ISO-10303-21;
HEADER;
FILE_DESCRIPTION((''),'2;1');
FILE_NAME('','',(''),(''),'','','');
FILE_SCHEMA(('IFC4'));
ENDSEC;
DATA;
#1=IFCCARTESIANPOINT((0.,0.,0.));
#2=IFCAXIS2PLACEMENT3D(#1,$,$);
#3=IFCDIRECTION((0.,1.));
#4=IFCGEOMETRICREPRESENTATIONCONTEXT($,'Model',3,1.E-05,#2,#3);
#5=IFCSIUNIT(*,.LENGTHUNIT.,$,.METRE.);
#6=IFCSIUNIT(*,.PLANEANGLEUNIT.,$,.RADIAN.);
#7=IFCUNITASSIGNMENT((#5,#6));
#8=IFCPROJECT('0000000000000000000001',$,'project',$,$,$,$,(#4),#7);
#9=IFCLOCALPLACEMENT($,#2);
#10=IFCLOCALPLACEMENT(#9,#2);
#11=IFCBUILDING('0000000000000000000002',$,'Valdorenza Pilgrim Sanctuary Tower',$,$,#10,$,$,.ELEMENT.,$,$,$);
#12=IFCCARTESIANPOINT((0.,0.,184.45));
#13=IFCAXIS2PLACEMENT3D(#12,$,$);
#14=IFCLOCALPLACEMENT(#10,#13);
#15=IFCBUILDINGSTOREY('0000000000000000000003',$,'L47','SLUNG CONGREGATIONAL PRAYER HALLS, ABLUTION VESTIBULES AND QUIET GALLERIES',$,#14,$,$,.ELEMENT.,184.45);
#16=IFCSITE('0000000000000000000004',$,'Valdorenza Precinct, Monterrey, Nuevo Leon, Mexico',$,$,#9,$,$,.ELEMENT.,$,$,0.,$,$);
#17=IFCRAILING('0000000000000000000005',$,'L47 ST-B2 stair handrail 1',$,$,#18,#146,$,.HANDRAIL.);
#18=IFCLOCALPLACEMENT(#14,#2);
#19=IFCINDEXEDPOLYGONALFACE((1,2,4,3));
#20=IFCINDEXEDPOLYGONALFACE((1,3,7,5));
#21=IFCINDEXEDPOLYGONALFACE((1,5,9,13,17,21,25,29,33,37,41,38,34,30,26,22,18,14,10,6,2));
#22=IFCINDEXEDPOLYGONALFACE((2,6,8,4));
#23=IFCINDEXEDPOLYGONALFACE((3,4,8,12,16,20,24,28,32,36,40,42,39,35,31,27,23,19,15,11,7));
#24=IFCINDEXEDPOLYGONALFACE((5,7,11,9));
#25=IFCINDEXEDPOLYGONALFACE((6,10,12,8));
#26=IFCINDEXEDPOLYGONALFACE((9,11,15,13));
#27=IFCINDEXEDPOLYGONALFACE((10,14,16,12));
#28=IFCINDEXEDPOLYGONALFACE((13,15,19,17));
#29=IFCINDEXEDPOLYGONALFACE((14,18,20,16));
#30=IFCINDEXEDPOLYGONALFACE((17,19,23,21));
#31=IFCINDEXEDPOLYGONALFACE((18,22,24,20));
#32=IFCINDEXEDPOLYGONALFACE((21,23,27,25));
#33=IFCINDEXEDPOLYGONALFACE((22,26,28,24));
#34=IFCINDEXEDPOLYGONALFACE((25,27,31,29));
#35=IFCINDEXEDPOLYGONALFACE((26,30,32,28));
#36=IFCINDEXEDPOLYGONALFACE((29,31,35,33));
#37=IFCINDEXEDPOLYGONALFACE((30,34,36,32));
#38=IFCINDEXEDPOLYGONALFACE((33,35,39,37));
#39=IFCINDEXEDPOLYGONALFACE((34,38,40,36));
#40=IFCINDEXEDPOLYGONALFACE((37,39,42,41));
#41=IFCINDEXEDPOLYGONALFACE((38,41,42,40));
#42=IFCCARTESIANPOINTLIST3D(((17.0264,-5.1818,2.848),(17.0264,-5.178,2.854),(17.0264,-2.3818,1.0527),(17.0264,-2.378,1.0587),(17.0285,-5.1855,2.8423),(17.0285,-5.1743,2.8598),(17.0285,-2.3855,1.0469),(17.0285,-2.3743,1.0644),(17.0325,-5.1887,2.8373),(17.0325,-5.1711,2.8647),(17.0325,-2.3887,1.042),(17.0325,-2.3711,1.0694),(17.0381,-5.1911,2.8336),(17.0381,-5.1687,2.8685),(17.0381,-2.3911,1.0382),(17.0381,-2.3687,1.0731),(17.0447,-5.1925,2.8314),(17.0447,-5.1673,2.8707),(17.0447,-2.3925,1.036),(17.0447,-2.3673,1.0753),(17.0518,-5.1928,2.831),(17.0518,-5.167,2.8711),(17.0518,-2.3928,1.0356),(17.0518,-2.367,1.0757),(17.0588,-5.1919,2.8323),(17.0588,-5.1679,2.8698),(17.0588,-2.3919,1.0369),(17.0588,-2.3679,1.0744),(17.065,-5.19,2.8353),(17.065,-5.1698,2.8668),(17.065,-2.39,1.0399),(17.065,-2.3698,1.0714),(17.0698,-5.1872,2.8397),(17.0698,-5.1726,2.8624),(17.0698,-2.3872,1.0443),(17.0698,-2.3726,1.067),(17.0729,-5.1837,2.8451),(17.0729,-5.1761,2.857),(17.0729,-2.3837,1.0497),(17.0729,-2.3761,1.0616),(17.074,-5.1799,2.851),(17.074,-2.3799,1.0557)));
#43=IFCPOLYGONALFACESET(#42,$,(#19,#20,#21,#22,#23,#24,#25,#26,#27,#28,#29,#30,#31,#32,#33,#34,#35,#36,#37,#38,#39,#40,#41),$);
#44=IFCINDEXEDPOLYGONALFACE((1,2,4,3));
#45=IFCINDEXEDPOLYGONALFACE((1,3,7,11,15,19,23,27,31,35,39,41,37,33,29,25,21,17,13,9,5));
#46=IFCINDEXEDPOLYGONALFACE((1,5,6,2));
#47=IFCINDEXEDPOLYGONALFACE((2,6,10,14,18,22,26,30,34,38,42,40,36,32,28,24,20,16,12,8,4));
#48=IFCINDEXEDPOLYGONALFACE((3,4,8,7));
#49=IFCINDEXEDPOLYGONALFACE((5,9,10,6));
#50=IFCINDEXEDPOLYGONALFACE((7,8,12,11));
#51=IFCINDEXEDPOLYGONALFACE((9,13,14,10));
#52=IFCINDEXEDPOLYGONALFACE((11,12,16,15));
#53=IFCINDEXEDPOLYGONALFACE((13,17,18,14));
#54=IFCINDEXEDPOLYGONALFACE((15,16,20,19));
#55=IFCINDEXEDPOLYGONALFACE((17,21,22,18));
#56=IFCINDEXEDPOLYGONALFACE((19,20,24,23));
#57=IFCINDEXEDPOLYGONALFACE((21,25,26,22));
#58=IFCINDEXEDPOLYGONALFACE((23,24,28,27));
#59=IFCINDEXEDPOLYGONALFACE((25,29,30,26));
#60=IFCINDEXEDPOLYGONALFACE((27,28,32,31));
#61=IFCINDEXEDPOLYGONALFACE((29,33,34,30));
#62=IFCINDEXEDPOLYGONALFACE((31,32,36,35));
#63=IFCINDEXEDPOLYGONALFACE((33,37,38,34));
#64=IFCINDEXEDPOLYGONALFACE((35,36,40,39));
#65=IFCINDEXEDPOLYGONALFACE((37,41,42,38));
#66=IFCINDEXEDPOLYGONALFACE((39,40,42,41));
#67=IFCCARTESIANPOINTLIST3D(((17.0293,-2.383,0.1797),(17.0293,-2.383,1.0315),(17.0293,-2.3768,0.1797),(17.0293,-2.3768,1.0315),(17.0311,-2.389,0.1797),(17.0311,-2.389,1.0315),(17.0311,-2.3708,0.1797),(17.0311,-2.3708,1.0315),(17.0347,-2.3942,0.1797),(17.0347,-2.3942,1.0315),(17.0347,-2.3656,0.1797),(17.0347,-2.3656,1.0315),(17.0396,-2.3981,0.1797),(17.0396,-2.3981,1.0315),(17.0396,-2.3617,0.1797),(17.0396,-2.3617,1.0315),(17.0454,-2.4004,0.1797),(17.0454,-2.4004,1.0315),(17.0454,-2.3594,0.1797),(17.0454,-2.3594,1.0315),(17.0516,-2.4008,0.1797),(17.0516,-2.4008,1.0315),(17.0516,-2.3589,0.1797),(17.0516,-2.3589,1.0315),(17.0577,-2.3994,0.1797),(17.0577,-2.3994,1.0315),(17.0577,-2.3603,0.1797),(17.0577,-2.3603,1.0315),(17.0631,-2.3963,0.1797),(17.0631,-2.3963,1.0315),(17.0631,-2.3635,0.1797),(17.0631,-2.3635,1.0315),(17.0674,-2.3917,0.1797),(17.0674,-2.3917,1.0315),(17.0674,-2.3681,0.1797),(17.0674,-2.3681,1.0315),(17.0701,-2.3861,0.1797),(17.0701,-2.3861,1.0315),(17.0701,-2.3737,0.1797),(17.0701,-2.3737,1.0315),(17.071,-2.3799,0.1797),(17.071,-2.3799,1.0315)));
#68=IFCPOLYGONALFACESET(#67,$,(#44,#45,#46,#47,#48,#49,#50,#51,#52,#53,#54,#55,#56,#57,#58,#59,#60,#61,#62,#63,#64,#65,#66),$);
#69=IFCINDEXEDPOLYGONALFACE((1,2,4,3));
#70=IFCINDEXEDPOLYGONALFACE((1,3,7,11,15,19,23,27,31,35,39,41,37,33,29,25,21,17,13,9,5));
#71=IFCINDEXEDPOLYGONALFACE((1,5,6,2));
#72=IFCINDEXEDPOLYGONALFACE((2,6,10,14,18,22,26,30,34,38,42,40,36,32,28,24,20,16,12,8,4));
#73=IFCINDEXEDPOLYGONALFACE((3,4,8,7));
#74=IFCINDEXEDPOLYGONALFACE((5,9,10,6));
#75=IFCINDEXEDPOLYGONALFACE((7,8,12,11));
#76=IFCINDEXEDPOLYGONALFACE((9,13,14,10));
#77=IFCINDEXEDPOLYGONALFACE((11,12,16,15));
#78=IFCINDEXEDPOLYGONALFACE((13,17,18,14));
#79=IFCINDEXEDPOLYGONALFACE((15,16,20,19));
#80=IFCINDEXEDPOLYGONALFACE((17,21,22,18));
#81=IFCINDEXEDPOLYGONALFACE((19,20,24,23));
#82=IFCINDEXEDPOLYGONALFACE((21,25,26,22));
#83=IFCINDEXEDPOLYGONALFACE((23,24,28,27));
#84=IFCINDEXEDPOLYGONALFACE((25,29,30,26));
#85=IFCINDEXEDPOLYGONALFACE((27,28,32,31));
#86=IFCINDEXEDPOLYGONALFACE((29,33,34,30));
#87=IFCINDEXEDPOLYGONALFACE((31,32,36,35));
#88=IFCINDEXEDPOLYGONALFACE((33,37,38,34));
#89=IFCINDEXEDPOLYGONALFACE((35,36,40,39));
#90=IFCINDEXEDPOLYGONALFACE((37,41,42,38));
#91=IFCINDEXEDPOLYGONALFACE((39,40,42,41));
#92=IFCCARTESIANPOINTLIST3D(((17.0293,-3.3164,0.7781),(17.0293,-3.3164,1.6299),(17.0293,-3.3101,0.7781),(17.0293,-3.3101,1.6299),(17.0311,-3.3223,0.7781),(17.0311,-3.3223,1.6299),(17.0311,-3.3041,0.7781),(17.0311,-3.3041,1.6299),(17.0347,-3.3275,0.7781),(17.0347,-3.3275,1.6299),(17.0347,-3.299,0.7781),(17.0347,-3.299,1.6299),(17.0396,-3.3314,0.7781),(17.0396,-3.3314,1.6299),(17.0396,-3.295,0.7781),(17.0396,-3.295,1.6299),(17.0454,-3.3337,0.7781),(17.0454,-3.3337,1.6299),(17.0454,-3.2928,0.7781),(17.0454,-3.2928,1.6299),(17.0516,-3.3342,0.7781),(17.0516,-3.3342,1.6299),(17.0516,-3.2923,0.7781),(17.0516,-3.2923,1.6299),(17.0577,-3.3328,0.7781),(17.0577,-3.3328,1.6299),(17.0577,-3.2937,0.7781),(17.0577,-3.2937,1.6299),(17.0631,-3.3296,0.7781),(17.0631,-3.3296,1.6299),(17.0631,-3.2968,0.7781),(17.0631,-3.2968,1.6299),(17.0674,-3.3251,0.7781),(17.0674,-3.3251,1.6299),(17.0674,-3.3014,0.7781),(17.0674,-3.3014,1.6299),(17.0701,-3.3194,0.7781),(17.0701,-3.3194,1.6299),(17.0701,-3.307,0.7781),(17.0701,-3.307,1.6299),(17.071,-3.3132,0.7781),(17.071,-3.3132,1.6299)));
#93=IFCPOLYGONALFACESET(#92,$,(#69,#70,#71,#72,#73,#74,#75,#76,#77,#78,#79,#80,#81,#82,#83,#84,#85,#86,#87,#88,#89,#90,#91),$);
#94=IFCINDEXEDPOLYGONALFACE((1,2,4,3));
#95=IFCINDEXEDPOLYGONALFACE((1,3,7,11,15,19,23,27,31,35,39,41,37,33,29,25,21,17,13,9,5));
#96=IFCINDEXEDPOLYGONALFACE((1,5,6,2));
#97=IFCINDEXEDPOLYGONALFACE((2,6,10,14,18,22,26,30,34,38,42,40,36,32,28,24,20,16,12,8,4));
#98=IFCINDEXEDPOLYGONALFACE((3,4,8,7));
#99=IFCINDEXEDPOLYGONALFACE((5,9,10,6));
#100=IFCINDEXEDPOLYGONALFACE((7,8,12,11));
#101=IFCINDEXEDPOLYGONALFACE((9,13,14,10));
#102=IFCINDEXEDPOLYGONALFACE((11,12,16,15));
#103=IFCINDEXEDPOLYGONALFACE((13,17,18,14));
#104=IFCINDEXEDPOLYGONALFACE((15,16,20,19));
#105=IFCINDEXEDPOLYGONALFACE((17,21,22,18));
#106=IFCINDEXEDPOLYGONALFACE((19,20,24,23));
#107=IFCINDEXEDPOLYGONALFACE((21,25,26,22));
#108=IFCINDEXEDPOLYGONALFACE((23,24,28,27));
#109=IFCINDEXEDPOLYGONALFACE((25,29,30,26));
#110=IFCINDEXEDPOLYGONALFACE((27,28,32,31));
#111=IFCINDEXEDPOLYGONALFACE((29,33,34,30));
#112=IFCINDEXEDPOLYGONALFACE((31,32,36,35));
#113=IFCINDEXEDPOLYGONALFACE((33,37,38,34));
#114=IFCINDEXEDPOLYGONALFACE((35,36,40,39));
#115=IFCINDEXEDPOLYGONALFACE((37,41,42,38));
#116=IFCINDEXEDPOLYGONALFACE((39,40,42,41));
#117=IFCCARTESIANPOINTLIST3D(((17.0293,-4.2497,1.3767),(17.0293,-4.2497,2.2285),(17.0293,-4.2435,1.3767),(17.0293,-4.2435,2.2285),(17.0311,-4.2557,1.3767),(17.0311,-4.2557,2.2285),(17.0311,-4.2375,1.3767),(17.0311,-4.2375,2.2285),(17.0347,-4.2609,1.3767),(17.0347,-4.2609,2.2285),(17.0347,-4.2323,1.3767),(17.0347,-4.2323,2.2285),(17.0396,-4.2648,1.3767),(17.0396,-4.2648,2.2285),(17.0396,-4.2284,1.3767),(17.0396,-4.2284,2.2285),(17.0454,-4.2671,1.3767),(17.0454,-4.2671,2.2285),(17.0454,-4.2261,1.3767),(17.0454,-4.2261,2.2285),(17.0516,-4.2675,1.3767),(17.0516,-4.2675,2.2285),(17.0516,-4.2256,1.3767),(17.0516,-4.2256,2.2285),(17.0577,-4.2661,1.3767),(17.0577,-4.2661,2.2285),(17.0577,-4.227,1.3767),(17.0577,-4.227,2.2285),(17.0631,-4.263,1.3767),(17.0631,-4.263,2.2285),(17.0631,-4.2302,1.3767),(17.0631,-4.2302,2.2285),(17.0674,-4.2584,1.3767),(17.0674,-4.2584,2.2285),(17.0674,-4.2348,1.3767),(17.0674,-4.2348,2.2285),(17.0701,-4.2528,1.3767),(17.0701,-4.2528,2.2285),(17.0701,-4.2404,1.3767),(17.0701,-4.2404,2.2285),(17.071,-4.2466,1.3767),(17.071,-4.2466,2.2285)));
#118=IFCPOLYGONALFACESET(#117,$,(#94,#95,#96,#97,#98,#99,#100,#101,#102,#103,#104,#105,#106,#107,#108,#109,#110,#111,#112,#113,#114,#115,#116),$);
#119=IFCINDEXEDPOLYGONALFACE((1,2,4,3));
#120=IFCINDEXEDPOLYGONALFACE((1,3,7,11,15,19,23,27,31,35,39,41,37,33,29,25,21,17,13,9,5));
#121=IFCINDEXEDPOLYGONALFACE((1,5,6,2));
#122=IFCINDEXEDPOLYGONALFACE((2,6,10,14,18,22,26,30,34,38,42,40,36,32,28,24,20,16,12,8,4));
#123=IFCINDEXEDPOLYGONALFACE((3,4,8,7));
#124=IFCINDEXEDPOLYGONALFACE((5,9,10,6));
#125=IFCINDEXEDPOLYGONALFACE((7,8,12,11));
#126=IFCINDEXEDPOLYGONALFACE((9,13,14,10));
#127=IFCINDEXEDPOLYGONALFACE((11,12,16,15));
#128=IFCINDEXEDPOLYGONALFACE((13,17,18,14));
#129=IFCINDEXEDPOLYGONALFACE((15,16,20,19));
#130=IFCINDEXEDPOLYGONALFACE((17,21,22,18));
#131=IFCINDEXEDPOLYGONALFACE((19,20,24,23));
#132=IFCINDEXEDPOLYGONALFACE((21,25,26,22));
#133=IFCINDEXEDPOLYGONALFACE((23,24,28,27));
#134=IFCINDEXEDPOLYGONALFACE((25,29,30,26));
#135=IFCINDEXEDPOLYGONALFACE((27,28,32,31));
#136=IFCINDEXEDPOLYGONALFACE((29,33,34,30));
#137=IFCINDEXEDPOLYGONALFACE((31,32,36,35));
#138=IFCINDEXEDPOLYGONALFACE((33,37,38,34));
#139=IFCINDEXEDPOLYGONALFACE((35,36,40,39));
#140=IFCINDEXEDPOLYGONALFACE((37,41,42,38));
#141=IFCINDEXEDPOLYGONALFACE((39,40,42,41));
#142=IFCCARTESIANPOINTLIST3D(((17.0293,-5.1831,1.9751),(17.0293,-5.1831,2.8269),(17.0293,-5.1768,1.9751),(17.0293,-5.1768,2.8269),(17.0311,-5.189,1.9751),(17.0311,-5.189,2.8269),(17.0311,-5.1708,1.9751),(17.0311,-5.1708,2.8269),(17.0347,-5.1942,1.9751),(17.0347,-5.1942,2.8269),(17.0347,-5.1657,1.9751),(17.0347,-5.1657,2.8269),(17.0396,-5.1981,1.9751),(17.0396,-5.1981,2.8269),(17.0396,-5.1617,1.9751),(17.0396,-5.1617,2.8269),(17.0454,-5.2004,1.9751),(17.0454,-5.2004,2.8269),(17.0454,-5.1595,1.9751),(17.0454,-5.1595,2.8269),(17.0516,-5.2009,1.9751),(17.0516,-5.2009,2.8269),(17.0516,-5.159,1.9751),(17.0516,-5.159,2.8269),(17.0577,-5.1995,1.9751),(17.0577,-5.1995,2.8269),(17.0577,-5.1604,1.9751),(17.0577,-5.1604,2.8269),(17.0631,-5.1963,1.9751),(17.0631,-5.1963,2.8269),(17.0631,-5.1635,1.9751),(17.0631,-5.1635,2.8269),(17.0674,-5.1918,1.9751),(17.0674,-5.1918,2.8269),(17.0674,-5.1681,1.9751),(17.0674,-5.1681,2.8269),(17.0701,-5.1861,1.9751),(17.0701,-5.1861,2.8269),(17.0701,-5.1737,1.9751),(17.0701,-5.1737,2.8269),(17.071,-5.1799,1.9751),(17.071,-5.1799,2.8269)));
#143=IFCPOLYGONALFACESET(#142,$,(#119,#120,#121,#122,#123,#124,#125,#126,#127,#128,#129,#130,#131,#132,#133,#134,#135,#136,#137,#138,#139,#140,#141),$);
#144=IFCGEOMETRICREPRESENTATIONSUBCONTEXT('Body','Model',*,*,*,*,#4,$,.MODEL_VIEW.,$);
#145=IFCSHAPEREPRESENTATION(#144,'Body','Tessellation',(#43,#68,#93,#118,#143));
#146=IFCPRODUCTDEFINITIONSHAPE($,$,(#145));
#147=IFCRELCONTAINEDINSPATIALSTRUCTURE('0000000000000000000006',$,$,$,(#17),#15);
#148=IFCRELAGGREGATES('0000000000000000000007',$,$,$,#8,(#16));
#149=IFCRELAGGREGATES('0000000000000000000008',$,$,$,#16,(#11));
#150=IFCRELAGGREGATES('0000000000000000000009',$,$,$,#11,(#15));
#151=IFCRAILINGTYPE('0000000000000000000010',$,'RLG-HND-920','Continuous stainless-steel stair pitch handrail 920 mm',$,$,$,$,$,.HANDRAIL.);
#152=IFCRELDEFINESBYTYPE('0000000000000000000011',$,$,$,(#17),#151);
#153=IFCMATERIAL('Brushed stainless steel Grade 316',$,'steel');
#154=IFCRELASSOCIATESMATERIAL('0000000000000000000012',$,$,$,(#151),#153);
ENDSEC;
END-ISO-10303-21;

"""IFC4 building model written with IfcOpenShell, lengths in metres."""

from ifc_helpers import new_model, si_unit, direction, frame, origin, origin_2d, place, context, subcontext, project, spatial, circle, extrude, material, type_object, element, save


model = new_model("IFC4")

# Units and contexts
model_context = context("Model", 3, precision=1e-05, world=origin(), true_north=direction((0.0, 1.0)))
body_context = subcontext(model_context, "Body", "Model", "MODEL_VIEW")
ifc_project = project(units=[si_unit("LENGTHUNIT", "METRE"), si_unit("PLANEANGLEUNIT", "RADIAN")], contexts=[model_context])

# Site, building, storey
site_placement = place(None, origin())
site = spatial("IfcSite", under=ifc_project, at=site_placement, Name="Valdorenza Precinct, Monterrey, Nuevo Leon, Mexico", CompositionType="ELEMENT", RefElevation=0.0)
building_placement = place(site_placement, origin())
building = spatial("IfcBuilding", under=site, at=building_placement, Name="Valdorenza Pilgrim Sanctuary Tower", CompositionType="ELEMENT")
storey_placement = place(building_placement, frame((0.0, 0.0, 184.45)))
storey = spatial("IfcBuildingStorey", under=building, at=storey_placement, Name="L47", Description="SLUNG CONGREGATIONAL PRAYER HALLS, ABLUTION VESTIBULES AND QUIET GALLERIES", CompositionType="ELEMENT", Elevation=184.45)

# Railing
ifc_material_1 = material(Name="Brushed stainless steel Grade 316", Category="steel")
railing_type_1 = type_object("IfcRailingType", Name="RLG-HND-920", Description="Continuous stainless-steel stair pitch handrail 920 mm", PredefinedType="HANDRAIL", material=ifc_material_1)
railing_1_placement = place(storey_placement, frame((17.05, -2.3799, 0.1797)))
element("IfcRailing", 1, at=railing_1_placement, inside=storey, type_object=railing_type_1, Name="L47 ST-B2 stair handrail 1", PredefinedType="HANDRAIL", context=body_context, shape_type="SweptSolid", body=[
    extrude(circle(Radius=0.0239, at=origin_2d()), frame((0.0, 0.0, 0.876), z_axis=(0.0, -0.84181, 0.539774), x_axis=(1.0, 0.0, 0.0)), (0.0, 0.0, 1.0), 3.3262),
    extrude(circle(Radius=0.021, at=origin_2d()), origin(), (0.0, 0.0, 1.0), 0.8518),
    extrude(circle(Radius=0.021, at=origin_2d()), frame((0.0, -0.9333, 0.5984)), (0.0, 0.0, 1.0), 0.8518),
    extrude(circle(Radius=0.021, at=origin_2d()), frame((0.0, -1.8667, 1.197)), (0.0, 0.0, 1.0), 0.8518),
    extrude(circle(Radius=0.021, at=origin_2d()), frame((0.0, -2.8, 1.7954)), (0.0, 0.0, 1.0), 0.8518),
])

save(model, "model.ifc")
